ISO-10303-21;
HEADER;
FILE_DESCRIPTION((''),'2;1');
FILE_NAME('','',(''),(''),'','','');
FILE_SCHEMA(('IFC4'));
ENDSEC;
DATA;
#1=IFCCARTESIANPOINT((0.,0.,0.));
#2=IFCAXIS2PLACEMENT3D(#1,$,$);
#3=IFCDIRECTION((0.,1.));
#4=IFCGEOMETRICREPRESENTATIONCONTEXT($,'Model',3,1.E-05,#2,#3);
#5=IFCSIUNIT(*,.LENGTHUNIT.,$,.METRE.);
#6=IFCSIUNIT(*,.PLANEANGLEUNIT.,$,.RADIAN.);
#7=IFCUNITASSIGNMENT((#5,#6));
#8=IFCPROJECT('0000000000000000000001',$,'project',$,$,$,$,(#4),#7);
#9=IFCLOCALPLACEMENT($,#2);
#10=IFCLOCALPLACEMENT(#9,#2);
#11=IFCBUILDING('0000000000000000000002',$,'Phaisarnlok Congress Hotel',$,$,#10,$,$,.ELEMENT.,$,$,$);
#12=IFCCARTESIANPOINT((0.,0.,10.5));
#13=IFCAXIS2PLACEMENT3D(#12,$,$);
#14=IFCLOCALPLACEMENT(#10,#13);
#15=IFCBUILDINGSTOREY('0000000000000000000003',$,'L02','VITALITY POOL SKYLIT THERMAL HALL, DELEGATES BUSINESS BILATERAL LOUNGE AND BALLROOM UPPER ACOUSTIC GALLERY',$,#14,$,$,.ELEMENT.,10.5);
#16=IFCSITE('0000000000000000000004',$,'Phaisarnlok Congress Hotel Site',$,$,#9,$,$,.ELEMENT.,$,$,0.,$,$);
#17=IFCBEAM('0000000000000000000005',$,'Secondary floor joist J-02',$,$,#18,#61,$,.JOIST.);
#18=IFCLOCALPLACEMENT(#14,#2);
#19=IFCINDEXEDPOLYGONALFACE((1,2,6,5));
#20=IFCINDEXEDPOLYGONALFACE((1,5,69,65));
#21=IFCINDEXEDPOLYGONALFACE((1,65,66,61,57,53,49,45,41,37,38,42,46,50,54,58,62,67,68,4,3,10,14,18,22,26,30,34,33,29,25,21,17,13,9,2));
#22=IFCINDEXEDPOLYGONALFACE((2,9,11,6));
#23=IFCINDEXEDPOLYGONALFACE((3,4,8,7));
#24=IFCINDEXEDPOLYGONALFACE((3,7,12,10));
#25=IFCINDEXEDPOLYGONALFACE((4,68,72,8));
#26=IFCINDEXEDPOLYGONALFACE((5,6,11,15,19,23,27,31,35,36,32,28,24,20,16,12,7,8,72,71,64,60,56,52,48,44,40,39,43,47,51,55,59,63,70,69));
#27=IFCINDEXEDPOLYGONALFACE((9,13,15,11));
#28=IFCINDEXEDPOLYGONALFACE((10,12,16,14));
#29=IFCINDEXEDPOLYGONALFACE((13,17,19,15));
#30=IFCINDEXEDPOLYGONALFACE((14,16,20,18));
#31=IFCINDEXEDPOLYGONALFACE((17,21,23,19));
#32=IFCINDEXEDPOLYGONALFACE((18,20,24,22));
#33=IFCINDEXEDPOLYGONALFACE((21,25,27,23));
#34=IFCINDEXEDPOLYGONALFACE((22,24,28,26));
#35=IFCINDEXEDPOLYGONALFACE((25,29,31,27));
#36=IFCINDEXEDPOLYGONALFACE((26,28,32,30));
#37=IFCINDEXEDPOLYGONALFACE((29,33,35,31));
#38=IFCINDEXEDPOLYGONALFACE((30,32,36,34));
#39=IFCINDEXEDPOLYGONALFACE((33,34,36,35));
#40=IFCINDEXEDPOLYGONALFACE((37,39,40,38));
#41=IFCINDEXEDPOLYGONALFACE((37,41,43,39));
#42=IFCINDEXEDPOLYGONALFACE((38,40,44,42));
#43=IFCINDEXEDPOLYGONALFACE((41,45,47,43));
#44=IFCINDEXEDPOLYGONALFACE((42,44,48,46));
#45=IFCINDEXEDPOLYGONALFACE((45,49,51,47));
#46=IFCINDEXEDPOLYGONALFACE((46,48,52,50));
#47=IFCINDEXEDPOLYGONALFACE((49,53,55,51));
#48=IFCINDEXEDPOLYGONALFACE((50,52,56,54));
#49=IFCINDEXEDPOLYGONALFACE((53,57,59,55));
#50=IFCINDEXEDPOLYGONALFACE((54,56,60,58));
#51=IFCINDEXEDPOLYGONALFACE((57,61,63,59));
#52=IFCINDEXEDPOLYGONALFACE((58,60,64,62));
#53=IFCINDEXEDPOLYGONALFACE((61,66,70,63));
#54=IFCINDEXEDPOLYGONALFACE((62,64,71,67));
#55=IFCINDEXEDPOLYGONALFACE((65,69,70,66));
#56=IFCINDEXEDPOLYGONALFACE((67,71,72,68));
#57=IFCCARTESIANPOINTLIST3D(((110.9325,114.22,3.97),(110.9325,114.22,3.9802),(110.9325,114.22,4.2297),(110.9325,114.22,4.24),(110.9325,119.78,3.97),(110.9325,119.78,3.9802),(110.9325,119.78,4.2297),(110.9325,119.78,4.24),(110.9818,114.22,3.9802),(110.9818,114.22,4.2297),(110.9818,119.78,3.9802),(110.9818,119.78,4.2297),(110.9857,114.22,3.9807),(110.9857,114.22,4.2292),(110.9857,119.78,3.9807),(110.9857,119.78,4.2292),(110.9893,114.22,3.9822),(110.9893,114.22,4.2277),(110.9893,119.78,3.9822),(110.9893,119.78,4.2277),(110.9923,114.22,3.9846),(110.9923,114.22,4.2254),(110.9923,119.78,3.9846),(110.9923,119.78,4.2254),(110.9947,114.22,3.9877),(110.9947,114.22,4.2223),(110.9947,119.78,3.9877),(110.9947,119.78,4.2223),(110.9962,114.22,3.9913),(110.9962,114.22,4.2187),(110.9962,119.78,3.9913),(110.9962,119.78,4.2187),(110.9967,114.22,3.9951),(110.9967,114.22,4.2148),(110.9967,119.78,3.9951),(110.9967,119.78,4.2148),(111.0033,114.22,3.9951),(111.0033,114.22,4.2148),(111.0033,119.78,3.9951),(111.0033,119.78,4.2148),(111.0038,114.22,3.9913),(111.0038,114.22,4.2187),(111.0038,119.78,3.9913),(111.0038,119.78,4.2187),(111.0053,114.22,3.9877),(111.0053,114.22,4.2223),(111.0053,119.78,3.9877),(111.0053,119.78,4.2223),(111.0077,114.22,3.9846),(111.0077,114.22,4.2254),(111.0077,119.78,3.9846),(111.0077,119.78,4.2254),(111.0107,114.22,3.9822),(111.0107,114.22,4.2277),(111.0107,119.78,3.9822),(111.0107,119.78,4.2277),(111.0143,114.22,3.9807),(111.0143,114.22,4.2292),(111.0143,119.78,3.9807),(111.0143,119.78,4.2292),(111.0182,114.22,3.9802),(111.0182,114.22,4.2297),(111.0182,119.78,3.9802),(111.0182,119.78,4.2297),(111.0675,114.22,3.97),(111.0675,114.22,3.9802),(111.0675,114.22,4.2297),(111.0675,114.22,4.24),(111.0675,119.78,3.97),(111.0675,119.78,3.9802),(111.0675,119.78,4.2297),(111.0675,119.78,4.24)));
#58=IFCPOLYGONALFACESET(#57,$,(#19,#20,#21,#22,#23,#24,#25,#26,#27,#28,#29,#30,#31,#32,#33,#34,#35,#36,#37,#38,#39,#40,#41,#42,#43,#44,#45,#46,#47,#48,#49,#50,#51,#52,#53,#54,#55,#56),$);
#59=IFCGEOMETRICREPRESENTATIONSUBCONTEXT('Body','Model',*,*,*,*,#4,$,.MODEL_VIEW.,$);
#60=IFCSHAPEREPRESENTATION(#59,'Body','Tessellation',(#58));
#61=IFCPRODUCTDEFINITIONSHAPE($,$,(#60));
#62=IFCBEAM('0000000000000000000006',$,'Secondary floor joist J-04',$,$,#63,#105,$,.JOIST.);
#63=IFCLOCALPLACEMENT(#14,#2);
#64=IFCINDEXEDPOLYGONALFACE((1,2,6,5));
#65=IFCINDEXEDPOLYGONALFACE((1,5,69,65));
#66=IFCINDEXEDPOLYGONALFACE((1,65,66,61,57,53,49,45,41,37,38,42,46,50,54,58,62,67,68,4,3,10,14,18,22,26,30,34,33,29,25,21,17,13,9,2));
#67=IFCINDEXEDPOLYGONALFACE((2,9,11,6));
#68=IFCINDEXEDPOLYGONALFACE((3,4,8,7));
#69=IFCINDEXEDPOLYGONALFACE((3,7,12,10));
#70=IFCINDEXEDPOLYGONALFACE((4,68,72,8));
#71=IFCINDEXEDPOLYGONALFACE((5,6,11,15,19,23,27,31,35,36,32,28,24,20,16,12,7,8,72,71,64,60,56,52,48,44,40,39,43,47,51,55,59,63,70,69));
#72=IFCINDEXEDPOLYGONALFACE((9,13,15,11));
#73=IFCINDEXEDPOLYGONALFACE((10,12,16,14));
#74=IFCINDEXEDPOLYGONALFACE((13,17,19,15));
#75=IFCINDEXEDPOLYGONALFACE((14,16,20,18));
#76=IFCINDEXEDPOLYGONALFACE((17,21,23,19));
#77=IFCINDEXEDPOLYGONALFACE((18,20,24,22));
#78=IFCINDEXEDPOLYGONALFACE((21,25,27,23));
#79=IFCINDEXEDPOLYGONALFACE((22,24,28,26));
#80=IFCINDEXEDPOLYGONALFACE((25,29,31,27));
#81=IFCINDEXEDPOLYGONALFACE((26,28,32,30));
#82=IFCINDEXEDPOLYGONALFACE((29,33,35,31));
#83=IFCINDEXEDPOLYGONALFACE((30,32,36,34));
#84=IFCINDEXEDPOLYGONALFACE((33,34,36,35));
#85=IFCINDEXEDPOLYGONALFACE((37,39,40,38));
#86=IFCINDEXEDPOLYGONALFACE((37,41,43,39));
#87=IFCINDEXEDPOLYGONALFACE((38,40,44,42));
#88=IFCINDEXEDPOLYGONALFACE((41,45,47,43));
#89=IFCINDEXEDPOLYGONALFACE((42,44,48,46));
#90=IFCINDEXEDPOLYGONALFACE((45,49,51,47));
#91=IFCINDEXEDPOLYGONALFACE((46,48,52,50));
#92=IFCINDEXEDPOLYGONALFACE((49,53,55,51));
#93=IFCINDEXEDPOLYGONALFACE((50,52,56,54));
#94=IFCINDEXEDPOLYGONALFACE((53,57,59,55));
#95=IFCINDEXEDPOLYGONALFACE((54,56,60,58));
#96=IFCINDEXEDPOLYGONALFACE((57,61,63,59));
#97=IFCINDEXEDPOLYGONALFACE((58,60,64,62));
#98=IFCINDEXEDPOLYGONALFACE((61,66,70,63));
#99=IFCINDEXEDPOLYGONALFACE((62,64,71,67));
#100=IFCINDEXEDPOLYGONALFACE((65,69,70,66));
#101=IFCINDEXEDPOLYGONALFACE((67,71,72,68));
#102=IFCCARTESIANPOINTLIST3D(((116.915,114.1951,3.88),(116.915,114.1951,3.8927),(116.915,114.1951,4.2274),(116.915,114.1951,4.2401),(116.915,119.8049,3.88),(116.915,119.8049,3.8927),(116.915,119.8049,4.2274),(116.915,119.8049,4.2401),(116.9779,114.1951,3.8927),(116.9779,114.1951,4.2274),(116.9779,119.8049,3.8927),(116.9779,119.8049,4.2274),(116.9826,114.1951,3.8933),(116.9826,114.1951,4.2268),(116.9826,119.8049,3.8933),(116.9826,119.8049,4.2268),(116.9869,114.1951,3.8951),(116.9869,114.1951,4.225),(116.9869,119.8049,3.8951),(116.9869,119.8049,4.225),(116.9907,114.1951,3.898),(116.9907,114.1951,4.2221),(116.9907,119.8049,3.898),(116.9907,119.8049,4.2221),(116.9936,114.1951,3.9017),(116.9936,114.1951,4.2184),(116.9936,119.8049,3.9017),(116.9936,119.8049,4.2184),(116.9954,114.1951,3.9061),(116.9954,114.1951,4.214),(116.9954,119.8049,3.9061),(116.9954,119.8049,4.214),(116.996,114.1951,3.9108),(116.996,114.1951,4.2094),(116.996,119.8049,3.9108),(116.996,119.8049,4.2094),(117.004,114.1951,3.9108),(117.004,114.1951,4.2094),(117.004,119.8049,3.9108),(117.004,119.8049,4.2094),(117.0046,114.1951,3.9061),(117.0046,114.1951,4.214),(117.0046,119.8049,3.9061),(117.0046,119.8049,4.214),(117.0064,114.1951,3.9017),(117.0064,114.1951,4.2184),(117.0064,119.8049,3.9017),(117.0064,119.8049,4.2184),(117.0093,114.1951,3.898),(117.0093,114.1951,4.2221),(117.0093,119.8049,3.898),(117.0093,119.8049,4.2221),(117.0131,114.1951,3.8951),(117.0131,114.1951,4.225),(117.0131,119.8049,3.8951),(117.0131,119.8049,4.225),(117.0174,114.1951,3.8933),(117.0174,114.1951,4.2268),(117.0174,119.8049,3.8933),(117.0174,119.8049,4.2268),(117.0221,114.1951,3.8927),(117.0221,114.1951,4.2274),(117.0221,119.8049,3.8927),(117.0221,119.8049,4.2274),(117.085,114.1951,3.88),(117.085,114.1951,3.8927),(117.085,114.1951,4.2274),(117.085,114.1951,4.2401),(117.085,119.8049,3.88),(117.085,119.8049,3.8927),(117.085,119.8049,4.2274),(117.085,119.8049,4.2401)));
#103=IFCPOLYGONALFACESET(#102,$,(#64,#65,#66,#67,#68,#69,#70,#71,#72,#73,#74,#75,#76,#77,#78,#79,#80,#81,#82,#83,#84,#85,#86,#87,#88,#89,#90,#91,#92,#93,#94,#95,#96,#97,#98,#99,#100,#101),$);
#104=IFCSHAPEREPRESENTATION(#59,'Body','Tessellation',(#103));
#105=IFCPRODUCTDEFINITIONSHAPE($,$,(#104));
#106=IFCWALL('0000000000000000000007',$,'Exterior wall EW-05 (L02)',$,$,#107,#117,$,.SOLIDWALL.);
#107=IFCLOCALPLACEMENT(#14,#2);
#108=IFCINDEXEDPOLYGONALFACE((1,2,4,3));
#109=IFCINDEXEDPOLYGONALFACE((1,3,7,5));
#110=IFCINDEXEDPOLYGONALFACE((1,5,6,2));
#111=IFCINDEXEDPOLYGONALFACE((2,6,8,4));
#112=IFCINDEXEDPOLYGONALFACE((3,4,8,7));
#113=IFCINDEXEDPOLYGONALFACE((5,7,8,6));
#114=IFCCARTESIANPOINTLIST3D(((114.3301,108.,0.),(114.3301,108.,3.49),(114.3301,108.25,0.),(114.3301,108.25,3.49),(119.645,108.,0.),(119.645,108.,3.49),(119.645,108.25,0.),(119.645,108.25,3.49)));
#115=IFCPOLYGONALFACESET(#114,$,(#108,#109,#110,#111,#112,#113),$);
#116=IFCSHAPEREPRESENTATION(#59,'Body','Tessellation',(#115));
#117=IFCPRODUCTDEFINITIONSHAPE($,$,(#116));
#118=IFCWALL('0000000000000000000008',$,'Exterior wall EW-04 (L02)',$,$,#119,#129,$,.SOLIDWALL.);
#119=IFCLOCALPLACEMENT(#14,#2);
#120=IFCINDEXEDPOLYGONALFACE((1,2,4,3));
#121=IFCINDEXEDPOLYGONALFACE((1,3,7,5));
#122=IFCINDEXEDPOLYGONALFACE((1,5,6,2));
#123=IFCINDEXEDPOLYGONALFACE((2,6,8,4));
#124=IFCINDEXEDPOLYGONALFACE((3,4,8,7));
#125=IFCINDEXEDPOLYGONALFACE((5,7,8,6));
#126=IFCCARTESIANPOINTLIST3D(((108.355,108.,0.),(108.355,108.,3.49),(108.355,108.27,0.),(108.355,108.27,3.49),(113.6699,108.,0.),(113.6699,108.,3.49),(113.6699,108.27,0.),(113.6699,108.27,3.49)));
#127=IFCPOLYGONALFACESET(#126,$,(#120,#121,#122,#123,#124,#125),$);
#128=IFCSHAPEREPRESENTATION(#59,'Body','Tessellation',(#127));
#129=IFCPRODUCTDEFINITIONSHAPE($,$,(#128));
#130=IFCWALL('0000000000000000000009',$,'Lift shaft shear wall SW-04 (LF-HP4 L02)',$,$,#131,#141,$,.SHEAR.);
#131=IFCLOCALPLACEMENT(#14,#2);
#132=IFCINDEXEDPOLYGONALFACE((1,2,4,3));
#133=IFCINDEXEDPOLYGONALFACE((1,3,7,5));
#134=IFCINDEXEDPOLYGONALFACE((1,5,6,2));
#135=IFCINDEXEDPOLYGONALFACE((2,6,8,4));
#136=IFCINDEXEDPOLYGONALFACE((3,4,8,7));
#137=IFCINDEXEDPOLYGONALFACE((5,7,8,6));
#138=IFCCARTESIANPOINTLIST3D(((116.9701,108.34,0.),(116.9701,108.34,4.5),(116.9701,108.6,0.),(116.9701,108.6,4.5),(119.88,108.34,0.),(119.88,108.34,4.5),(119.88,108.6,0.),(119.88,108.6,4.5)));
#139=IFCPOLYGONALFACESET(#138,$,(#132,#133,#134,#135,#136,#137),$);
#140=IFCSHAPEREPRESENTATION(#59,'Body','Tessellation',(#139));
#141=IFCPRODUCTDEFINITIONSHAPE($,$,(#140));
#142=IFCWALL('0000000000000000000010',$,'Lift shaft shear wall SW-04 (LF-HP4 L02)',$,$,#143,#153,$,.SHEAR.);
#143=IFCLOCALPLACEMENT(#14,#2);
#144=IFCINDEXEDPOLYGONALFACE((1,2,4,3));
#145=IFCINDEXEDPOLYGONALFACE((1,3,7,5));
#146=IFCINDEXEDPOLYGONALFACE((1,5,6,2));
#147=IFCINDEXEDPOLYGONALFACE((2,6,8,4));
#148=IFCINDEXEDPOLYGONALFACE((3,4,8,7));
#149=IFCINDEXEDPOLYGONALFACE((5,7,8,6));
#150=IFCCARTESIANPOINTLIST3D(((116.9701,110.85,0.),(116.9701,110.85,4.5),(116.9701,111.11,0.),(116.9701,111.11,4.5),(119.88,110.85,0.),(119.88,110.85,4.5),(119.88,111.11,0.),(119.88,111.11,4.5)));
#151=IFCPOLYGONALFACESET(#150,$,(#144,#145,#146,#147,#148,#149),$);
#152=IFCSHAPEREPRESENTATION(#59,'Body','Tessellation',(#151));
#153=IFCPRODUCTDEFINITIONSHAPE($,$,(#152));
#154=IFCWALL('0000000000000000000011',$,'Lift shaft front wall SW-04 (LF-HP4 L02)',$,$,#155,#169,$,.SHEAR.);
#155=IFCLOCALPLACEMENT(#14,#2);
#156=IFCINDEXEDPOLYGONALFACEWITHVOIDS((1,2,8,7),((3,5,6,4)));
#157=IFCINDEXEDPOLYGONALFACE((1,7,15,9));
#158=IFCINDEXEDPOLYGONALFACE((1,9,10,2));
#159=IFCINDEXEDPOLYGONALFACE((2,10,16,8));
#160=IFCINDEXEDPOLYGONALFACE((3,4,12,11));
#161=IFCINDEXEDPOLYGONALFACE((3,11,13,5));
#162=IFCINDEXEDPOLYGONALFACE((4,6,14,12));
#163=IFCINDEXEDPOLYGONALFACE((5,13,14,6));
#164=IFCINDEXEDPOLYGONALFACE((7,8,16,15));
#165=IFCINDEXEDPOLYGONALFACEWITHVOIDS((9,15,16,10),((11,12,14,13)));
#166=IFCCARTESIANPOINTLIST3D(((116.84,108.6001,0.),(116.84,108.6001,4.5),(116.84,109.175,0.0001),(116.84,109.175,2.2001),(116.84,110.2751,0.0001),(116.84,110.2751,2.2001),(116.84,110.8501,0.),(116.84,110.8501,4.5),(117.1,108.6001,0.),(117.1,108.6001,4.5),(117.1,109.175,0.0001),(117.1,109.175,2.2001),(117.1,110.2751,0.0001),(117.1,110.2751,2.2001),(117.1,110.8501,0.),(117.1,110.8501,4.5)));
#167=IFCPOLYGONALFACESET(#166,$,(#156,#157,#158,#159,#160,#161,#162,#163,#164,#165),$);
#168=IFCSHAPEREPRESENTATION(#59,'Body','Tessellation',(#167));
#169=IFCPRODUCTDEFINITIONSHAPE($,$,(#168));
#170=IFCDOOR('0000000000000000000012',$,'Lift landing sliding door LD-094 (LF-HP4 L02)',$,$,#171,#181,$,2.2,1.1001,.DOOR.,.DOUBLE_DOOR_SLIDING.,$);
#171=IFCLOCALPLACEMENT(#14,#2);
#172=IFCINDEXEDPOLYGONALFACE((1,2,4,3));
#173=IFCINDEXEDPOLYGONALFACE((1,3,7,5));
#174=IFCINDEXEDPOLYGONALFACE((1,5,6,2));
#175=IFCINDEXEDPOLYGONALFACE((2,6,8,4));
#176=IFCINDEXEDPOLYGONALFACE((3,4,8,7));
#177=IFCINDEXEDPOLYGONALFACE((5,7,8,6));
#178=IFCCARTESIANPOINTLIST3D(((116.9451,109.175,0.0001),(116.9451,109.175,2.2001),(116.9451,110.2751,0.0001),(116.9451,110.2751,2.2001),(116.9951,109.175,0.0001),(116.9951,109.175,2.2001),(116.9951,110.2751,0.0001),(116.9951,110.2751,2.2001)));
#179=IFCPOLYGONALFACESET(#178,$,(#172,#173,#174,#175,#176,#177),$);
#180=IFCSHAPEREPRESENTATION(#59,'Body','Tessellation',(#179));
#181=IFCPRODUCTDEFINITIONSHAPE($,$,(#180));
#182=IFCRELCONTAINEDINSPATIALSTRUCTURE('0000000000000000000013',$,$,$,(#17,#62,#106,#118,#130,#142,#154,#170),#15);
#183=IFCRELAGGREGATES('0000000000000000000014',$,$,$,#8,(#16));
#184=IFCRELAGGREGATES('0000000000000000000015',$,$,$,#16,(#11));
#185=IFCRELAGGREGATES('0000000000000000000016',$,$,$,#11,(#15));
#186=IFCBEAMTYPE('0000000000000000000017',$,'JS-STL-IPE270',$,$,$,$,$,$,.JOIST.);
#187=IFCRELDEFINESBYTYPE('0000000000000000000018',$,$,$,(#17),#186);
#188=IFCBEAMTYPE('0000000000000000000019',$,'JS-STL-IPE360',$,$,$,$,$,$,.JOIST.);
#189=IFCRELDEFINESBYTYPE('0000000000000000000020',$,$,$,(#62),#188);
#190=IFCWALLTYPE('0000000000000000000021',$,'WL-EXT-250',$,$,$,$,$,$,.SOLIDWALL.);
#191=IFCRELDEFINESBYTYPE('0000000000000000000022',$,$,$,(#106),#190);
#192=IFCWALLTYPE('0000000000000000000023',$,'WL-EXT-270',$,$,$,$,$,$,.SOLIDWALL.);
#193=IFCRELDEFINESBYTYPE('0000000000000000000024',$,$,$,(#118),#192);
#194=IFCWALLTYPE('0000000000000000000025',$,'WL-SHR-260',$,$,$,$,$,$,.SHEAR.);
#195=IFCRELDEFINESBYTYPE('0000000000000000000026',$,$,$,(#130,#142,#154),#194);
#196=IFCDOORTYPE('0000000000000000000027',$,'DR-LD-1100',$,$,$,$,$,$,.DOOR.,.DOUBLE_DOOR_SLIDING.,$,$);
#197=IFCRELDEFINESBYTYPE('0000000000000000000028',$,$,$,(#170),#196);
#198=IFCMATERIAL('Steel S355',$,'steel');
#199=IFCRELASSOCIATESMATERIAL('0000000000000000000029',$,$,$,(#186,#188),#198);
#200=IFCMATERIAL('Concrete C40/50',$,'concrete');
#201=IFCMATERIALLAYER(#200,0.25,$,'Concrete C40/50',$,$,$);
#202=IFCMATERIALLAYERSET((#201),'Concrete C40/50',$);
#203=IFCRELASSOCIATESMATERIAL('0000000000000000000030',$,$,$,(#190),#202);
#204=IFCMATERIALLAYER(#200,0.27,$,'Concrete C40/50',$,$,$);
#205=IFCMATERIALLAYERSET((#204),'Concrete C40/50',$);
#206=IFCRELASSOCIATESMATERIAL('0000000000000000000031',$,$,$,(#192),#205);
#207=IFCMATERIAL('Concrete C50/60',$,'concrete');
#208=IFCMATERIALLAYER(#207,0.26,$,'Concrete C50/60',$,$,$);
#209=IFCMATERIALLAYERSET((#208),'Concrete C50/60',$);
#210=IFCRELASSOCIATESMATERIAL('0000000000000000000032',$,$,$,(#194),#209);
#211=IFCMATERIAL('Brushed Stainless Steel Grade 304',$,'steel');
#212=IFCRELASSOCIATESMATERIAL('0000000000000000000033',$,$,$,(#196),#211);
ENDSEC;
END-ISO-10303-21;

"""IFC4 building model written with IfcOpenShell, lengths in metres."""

from ifc_helpers import new_model, si_unit, direction, frame, frame_2d, origin, origin_2d, place, context, subcontext, project, spatial, rectangle, i_section, extrude, material, layer, layer_set, material_profile, profile_set, type_object, element, fill, save


model = new_model("IFC4")

# Units and contexts
model_context = context("Model", 3, precision=1e-05, world=origin(), true_north=direction((0.0, 1.0)))
body_context = subcontext(model_context, "Body", "Model", "MODEL_VIEW")
ifc_project = project(units=[si_unit("LENGTHUNIT", "METRE"), si_unit("PLANEANGLEUNIT", "RADIAN")], contexts=[model_context])

# Site, building, storey
site_placement = place(None, origin())
site = spatial("IfcSite", under=ifc_project, at=site_placement, Name="Phaisarnlok Congress Hotel Site", CompositionType="ELEMENT", RefElevation=0.0)
building_placement = place(site_placement, origin())
building = spatial("IfcBuilding", under=site, at=building_placement, Name="Phaisarnlok Congress Hotel", CompositionType="ELEMENT")
storey_placement = place(building_placement, frame((0.0, 0.0, 10.5)))
storey = spatial("IfcBuildingStorey", under=building, at=storey_placement, Name="L02", Description="VITALITY POOL SKYLIT THERMAL HALL, DELEGATES BUSINESS BILATERAL LOUNGE AND BALLROOM UPPER ACOUSTIC GALLERY", CompositionType="ELEMENT", Elevation=10.5)

# Shared definitions
ifc_material_1 = material(Name="Concrete C50/60", Category="concrete")
ifc_material_2 = material(Name="Steel S355", Category="steel")

# Beams
ifc_material_3 = material(Name="Concrete C40/50", Category="concrete")
ifc_material_profile_1 = material_profile(ifc_material_2, i_section(OverallWidth=0.135, OverallDepth=0.27, WebThickness=0.0066, FlangeThickness=0.0103, FilletRadius=0.0149, at=origin_2d()), Name="IPE 270")
ifc_profile_set_1 = profile_set([ifc_material_profile_1], Name="Steel S355")
beam_type_1 = type_object("IfcBeamType", Name="JS-STL-IPE270", PredefinedType="JOIST", material=ifc_profile_set_1)
beam_1_placement = place(storey_placement, frame((111.0, 114.22, 4.105), z_axis=(0.0, 1.0, 0.0), x_axis=(-1.0, 0.0, 0.0)))
element("IfcBeam", 1, at=beam_1_placement, inside=storey, type_object=beam_type_1, Name="Secondary floor joist J-02", PredefinedType="JOIST", context=body_context, shape_type="SweptSolid", body=[
    extrude(i_section(OverallWidth=0.135, OverallDepth=0.27, WebThickness=0.0066, FlangeThickness=0.0103, FilletRadius=0.0149, at=origin_2d()), origin(), (0.0, 0.0, 1.0), 5.5601),
])
ifc_material_profile_2 = material_profile(ifc_material_2, i_section(OverallWidth=0.1699, OverallDepth=0.3601, WebThickness=0.0081, FlangeThickness=0.0127, FilletRadius=0.0181, at=origin_2d()), Name="IPE 360")
ifc_profile_set_2 = profile_set([ifc_material_profile_2], Name="Steel S355")
beam_type_2 = type_object("IfcBeamType", Name="JS-STL-IPE360", PredefinedType="JOIST", material=ifc_profile_set_2)
beam_2_placement = place(storey_placement, frame((117.0, 114.1951, 4.0601), z_axis=(0.0, 1.0, 0.0), x_axis=(-1.0, 0.0, 0.0)))
element("IfcBeam", 2, at=beam_2_placement, inside=storey, type_object=beam_type_2, Name="Secondary floor joist J-04", PredefinedType="JOIST", context=body_context, shape_type="SweptSolid", body=[
    extrude(i_section(OverallWidth=0.1699, OverallDepth=0.3601, WebThickness=0.0081, FlangeThickness=0.0127, FilletRadius=0.0181, at=origin_2d()), origin(), (0.0, 0.0, 1.0), 5.6099),
])

# Walls
ifc_layer_1 = layer(ifc_material_3, 0.25, Name="Concrete C40/50")
ifc_layer_set_1 = layer_set([ifc_layer_1], Name="Concrete C40/50")
wall_type_1 = type_object("IfcWallType", Name="WL-EXT-250", PredefinedType="SOLIDWALL", material=ifc_layer_set_1)
wall_1_placement = place(storey_placement, frame((114.3301, 108.125, 0.0), z_axis=(0.0, 0.0, 1.0), x_axis=(1.0, 0.0, 0.0)))
element("IfcWall", 3, at=wall_1_placement, inside=storey, type_object=wall_type_1, Name="Exterior wall EW-05 (L02)", PredefinedType="SOLIDWALL", context=body_context, shape_type="SweptSolid", body=[
    extrude(rectangle(XDim=5.3149, YDim=0.25, at=frame_2d((2.6575, 0.0))), origin(), (0.0, 0.0, 1.0), 3.49),
])
ifc_layer_2 = layer(ifc_material_3, 0.27, Name="Concrete C40/50")
ifc_layer_set_2 = layer_set([ifc_layer_2], Name="Concrete C40/50")
wall_type_2 = type_object("IfcWallType", Name="WL-EXT-270", PredefinedType="SOLIDWALL", material=ifc_layer_set_2)
wall_2_placement = place(storey_placement, frame((108.355, 108.135, 0.0), z_axis=(0.0, 0.0, 1.0), x_axis=(1.0, 0.0, 0.0)))
element("IfcWall", 4, at=wall_2_placement, inside=storey, type_object=wall_type_2, Name="Exterior wall EW-04 (L02)", PredefinedType="SOLIDWALL", context=body_context, shape_type="SweptSolid", body=[
    extrude(rectangle(XDim=5.3149, YDim=0.27, at=frame_2d((2.6575, 0.0))), origin(), (0.0, 0.0, 1.0), 3.49),
])

# Shared definitions
ifc_layer_3 = layer(ifc_material_1, 0.26, Name="Concrete C50/60")
ifc_layer_set_3 = layer_set([ifc_layer_3], Name="Concrete C50/60")
wall_type_3 = type_object("IfcWallType", Name="WL-SHR-260", PredefinedType="SHEAR", material=ifc_layer_set_3)

# Walls
for number, where, z_axis, x_axis, name in (
    (5, (116.97, 108.47, 0.0), (0.0, 0.0, 1.0), (1.0, 0.0, 0.0), "Lift shaft shear wall SW-04 (LF-HP4 L02)"),
    (6, (116.97, 110.98, 0.0), (0.0, 0.0, 1.0), (1.0, 0.0, 0.0), "Lift shaft shear wall SW-04 (LF-HP4 L02)"),
):
    element("IfcWall", number, at=place(storey_placement, frame(where, z_axis=z_axis, x_axis=x_axis)), inside=storey, type_object=wall_type_3, Name=name, PredefinedType="SHEAR", context=body_context, shape_type="SweptSolid", body=[
        extrude(rectangle(XDim=2.9099, YDim=0.26, at=frame_2d((1.4551, 0.0))), origin(), (0.0, 0.0, 1.0), 4.5),
    ])

# Wall, opening, door
wall_3_placement = place(storey_placement, frame((116.97, 108.6001, 0.0), z_axis=(0.0, 0.0, 1.0), x_axis=(0.0, 1.0, 0.0)))
wall_3 = element("IfcWall", 7, at=wall_3_placement, inside=storey, type_object=wall_type_3, Name="Lift shaft front wall SW-04 (LF-HP4 L02)", PredefinedType="SHEAR", context=body_context, shape_type="SweptSolid", body=[
    extrude(rectangle(XDim=2.25, YDim=0.26, at=frame_2d((1.125, 0.0))), origin(), (0.0, 0.0, 1.0), 4.5),
])
opening_1_placement = place(wall_3_placement, frame((0.575, 0.0, 0.0)))
opening_1 = element("IfcOpeningElement", 8, at=opening_1_placement, cuts=wall_3, PredefinedType="OPENING", context=body_context, shape_type="SweptSolid", body=[
    extrude(rectangle(XDim=1.1001, YDim=2.2, at=frame_2d((0.55, 1.1001))), frame((0.0, 0.1401, 0.0), z_axis=(0.0, -1.0, 0.0), x_axis=(1.0, 0.0, 0.0)), (0.0, 0.0, 1.0), 0.28),
])
ifc_material_4 = material(Name="Brushed Stainless Steel Grade 304", Category="steel")
door_type_1 = type_object("IfcDoorType", Name="DR-LD-1100", OperationType="DOUBLE_DOOR_SLIDING", PredefinedType="DOOR", material=ifc_material_4)
door_1_placement = place(opening_1_placement, origin())
door_1 = element("IfcDoor", 9, at=door_1_placement, inside=storey, type_object=door_type_1, Name="Lift landing sliding door LD-094 (LF-HP4 L02)", OperationType="DOUBLE_DOOR_SLIDING", OverallHeight=2.2, OverallWidth=1.1001, PredefinedType="DOOR", context=body_context, shape_type="SweptSolid", body=[
    extrude(rectangle(XDim=1.1001, YDim=2.2, at=frame_2d((0.55, 1.1001))), frame((0.0, 0.0249, 0.0), z_axis=(0.0, -1.0, 0.0), x_axis=(1.0, 0.0, 0.0)), (0.0, 0.0, 1.0), 0.05),
])
fill(opening_1, door_1)

save(model, "model.ifc")
